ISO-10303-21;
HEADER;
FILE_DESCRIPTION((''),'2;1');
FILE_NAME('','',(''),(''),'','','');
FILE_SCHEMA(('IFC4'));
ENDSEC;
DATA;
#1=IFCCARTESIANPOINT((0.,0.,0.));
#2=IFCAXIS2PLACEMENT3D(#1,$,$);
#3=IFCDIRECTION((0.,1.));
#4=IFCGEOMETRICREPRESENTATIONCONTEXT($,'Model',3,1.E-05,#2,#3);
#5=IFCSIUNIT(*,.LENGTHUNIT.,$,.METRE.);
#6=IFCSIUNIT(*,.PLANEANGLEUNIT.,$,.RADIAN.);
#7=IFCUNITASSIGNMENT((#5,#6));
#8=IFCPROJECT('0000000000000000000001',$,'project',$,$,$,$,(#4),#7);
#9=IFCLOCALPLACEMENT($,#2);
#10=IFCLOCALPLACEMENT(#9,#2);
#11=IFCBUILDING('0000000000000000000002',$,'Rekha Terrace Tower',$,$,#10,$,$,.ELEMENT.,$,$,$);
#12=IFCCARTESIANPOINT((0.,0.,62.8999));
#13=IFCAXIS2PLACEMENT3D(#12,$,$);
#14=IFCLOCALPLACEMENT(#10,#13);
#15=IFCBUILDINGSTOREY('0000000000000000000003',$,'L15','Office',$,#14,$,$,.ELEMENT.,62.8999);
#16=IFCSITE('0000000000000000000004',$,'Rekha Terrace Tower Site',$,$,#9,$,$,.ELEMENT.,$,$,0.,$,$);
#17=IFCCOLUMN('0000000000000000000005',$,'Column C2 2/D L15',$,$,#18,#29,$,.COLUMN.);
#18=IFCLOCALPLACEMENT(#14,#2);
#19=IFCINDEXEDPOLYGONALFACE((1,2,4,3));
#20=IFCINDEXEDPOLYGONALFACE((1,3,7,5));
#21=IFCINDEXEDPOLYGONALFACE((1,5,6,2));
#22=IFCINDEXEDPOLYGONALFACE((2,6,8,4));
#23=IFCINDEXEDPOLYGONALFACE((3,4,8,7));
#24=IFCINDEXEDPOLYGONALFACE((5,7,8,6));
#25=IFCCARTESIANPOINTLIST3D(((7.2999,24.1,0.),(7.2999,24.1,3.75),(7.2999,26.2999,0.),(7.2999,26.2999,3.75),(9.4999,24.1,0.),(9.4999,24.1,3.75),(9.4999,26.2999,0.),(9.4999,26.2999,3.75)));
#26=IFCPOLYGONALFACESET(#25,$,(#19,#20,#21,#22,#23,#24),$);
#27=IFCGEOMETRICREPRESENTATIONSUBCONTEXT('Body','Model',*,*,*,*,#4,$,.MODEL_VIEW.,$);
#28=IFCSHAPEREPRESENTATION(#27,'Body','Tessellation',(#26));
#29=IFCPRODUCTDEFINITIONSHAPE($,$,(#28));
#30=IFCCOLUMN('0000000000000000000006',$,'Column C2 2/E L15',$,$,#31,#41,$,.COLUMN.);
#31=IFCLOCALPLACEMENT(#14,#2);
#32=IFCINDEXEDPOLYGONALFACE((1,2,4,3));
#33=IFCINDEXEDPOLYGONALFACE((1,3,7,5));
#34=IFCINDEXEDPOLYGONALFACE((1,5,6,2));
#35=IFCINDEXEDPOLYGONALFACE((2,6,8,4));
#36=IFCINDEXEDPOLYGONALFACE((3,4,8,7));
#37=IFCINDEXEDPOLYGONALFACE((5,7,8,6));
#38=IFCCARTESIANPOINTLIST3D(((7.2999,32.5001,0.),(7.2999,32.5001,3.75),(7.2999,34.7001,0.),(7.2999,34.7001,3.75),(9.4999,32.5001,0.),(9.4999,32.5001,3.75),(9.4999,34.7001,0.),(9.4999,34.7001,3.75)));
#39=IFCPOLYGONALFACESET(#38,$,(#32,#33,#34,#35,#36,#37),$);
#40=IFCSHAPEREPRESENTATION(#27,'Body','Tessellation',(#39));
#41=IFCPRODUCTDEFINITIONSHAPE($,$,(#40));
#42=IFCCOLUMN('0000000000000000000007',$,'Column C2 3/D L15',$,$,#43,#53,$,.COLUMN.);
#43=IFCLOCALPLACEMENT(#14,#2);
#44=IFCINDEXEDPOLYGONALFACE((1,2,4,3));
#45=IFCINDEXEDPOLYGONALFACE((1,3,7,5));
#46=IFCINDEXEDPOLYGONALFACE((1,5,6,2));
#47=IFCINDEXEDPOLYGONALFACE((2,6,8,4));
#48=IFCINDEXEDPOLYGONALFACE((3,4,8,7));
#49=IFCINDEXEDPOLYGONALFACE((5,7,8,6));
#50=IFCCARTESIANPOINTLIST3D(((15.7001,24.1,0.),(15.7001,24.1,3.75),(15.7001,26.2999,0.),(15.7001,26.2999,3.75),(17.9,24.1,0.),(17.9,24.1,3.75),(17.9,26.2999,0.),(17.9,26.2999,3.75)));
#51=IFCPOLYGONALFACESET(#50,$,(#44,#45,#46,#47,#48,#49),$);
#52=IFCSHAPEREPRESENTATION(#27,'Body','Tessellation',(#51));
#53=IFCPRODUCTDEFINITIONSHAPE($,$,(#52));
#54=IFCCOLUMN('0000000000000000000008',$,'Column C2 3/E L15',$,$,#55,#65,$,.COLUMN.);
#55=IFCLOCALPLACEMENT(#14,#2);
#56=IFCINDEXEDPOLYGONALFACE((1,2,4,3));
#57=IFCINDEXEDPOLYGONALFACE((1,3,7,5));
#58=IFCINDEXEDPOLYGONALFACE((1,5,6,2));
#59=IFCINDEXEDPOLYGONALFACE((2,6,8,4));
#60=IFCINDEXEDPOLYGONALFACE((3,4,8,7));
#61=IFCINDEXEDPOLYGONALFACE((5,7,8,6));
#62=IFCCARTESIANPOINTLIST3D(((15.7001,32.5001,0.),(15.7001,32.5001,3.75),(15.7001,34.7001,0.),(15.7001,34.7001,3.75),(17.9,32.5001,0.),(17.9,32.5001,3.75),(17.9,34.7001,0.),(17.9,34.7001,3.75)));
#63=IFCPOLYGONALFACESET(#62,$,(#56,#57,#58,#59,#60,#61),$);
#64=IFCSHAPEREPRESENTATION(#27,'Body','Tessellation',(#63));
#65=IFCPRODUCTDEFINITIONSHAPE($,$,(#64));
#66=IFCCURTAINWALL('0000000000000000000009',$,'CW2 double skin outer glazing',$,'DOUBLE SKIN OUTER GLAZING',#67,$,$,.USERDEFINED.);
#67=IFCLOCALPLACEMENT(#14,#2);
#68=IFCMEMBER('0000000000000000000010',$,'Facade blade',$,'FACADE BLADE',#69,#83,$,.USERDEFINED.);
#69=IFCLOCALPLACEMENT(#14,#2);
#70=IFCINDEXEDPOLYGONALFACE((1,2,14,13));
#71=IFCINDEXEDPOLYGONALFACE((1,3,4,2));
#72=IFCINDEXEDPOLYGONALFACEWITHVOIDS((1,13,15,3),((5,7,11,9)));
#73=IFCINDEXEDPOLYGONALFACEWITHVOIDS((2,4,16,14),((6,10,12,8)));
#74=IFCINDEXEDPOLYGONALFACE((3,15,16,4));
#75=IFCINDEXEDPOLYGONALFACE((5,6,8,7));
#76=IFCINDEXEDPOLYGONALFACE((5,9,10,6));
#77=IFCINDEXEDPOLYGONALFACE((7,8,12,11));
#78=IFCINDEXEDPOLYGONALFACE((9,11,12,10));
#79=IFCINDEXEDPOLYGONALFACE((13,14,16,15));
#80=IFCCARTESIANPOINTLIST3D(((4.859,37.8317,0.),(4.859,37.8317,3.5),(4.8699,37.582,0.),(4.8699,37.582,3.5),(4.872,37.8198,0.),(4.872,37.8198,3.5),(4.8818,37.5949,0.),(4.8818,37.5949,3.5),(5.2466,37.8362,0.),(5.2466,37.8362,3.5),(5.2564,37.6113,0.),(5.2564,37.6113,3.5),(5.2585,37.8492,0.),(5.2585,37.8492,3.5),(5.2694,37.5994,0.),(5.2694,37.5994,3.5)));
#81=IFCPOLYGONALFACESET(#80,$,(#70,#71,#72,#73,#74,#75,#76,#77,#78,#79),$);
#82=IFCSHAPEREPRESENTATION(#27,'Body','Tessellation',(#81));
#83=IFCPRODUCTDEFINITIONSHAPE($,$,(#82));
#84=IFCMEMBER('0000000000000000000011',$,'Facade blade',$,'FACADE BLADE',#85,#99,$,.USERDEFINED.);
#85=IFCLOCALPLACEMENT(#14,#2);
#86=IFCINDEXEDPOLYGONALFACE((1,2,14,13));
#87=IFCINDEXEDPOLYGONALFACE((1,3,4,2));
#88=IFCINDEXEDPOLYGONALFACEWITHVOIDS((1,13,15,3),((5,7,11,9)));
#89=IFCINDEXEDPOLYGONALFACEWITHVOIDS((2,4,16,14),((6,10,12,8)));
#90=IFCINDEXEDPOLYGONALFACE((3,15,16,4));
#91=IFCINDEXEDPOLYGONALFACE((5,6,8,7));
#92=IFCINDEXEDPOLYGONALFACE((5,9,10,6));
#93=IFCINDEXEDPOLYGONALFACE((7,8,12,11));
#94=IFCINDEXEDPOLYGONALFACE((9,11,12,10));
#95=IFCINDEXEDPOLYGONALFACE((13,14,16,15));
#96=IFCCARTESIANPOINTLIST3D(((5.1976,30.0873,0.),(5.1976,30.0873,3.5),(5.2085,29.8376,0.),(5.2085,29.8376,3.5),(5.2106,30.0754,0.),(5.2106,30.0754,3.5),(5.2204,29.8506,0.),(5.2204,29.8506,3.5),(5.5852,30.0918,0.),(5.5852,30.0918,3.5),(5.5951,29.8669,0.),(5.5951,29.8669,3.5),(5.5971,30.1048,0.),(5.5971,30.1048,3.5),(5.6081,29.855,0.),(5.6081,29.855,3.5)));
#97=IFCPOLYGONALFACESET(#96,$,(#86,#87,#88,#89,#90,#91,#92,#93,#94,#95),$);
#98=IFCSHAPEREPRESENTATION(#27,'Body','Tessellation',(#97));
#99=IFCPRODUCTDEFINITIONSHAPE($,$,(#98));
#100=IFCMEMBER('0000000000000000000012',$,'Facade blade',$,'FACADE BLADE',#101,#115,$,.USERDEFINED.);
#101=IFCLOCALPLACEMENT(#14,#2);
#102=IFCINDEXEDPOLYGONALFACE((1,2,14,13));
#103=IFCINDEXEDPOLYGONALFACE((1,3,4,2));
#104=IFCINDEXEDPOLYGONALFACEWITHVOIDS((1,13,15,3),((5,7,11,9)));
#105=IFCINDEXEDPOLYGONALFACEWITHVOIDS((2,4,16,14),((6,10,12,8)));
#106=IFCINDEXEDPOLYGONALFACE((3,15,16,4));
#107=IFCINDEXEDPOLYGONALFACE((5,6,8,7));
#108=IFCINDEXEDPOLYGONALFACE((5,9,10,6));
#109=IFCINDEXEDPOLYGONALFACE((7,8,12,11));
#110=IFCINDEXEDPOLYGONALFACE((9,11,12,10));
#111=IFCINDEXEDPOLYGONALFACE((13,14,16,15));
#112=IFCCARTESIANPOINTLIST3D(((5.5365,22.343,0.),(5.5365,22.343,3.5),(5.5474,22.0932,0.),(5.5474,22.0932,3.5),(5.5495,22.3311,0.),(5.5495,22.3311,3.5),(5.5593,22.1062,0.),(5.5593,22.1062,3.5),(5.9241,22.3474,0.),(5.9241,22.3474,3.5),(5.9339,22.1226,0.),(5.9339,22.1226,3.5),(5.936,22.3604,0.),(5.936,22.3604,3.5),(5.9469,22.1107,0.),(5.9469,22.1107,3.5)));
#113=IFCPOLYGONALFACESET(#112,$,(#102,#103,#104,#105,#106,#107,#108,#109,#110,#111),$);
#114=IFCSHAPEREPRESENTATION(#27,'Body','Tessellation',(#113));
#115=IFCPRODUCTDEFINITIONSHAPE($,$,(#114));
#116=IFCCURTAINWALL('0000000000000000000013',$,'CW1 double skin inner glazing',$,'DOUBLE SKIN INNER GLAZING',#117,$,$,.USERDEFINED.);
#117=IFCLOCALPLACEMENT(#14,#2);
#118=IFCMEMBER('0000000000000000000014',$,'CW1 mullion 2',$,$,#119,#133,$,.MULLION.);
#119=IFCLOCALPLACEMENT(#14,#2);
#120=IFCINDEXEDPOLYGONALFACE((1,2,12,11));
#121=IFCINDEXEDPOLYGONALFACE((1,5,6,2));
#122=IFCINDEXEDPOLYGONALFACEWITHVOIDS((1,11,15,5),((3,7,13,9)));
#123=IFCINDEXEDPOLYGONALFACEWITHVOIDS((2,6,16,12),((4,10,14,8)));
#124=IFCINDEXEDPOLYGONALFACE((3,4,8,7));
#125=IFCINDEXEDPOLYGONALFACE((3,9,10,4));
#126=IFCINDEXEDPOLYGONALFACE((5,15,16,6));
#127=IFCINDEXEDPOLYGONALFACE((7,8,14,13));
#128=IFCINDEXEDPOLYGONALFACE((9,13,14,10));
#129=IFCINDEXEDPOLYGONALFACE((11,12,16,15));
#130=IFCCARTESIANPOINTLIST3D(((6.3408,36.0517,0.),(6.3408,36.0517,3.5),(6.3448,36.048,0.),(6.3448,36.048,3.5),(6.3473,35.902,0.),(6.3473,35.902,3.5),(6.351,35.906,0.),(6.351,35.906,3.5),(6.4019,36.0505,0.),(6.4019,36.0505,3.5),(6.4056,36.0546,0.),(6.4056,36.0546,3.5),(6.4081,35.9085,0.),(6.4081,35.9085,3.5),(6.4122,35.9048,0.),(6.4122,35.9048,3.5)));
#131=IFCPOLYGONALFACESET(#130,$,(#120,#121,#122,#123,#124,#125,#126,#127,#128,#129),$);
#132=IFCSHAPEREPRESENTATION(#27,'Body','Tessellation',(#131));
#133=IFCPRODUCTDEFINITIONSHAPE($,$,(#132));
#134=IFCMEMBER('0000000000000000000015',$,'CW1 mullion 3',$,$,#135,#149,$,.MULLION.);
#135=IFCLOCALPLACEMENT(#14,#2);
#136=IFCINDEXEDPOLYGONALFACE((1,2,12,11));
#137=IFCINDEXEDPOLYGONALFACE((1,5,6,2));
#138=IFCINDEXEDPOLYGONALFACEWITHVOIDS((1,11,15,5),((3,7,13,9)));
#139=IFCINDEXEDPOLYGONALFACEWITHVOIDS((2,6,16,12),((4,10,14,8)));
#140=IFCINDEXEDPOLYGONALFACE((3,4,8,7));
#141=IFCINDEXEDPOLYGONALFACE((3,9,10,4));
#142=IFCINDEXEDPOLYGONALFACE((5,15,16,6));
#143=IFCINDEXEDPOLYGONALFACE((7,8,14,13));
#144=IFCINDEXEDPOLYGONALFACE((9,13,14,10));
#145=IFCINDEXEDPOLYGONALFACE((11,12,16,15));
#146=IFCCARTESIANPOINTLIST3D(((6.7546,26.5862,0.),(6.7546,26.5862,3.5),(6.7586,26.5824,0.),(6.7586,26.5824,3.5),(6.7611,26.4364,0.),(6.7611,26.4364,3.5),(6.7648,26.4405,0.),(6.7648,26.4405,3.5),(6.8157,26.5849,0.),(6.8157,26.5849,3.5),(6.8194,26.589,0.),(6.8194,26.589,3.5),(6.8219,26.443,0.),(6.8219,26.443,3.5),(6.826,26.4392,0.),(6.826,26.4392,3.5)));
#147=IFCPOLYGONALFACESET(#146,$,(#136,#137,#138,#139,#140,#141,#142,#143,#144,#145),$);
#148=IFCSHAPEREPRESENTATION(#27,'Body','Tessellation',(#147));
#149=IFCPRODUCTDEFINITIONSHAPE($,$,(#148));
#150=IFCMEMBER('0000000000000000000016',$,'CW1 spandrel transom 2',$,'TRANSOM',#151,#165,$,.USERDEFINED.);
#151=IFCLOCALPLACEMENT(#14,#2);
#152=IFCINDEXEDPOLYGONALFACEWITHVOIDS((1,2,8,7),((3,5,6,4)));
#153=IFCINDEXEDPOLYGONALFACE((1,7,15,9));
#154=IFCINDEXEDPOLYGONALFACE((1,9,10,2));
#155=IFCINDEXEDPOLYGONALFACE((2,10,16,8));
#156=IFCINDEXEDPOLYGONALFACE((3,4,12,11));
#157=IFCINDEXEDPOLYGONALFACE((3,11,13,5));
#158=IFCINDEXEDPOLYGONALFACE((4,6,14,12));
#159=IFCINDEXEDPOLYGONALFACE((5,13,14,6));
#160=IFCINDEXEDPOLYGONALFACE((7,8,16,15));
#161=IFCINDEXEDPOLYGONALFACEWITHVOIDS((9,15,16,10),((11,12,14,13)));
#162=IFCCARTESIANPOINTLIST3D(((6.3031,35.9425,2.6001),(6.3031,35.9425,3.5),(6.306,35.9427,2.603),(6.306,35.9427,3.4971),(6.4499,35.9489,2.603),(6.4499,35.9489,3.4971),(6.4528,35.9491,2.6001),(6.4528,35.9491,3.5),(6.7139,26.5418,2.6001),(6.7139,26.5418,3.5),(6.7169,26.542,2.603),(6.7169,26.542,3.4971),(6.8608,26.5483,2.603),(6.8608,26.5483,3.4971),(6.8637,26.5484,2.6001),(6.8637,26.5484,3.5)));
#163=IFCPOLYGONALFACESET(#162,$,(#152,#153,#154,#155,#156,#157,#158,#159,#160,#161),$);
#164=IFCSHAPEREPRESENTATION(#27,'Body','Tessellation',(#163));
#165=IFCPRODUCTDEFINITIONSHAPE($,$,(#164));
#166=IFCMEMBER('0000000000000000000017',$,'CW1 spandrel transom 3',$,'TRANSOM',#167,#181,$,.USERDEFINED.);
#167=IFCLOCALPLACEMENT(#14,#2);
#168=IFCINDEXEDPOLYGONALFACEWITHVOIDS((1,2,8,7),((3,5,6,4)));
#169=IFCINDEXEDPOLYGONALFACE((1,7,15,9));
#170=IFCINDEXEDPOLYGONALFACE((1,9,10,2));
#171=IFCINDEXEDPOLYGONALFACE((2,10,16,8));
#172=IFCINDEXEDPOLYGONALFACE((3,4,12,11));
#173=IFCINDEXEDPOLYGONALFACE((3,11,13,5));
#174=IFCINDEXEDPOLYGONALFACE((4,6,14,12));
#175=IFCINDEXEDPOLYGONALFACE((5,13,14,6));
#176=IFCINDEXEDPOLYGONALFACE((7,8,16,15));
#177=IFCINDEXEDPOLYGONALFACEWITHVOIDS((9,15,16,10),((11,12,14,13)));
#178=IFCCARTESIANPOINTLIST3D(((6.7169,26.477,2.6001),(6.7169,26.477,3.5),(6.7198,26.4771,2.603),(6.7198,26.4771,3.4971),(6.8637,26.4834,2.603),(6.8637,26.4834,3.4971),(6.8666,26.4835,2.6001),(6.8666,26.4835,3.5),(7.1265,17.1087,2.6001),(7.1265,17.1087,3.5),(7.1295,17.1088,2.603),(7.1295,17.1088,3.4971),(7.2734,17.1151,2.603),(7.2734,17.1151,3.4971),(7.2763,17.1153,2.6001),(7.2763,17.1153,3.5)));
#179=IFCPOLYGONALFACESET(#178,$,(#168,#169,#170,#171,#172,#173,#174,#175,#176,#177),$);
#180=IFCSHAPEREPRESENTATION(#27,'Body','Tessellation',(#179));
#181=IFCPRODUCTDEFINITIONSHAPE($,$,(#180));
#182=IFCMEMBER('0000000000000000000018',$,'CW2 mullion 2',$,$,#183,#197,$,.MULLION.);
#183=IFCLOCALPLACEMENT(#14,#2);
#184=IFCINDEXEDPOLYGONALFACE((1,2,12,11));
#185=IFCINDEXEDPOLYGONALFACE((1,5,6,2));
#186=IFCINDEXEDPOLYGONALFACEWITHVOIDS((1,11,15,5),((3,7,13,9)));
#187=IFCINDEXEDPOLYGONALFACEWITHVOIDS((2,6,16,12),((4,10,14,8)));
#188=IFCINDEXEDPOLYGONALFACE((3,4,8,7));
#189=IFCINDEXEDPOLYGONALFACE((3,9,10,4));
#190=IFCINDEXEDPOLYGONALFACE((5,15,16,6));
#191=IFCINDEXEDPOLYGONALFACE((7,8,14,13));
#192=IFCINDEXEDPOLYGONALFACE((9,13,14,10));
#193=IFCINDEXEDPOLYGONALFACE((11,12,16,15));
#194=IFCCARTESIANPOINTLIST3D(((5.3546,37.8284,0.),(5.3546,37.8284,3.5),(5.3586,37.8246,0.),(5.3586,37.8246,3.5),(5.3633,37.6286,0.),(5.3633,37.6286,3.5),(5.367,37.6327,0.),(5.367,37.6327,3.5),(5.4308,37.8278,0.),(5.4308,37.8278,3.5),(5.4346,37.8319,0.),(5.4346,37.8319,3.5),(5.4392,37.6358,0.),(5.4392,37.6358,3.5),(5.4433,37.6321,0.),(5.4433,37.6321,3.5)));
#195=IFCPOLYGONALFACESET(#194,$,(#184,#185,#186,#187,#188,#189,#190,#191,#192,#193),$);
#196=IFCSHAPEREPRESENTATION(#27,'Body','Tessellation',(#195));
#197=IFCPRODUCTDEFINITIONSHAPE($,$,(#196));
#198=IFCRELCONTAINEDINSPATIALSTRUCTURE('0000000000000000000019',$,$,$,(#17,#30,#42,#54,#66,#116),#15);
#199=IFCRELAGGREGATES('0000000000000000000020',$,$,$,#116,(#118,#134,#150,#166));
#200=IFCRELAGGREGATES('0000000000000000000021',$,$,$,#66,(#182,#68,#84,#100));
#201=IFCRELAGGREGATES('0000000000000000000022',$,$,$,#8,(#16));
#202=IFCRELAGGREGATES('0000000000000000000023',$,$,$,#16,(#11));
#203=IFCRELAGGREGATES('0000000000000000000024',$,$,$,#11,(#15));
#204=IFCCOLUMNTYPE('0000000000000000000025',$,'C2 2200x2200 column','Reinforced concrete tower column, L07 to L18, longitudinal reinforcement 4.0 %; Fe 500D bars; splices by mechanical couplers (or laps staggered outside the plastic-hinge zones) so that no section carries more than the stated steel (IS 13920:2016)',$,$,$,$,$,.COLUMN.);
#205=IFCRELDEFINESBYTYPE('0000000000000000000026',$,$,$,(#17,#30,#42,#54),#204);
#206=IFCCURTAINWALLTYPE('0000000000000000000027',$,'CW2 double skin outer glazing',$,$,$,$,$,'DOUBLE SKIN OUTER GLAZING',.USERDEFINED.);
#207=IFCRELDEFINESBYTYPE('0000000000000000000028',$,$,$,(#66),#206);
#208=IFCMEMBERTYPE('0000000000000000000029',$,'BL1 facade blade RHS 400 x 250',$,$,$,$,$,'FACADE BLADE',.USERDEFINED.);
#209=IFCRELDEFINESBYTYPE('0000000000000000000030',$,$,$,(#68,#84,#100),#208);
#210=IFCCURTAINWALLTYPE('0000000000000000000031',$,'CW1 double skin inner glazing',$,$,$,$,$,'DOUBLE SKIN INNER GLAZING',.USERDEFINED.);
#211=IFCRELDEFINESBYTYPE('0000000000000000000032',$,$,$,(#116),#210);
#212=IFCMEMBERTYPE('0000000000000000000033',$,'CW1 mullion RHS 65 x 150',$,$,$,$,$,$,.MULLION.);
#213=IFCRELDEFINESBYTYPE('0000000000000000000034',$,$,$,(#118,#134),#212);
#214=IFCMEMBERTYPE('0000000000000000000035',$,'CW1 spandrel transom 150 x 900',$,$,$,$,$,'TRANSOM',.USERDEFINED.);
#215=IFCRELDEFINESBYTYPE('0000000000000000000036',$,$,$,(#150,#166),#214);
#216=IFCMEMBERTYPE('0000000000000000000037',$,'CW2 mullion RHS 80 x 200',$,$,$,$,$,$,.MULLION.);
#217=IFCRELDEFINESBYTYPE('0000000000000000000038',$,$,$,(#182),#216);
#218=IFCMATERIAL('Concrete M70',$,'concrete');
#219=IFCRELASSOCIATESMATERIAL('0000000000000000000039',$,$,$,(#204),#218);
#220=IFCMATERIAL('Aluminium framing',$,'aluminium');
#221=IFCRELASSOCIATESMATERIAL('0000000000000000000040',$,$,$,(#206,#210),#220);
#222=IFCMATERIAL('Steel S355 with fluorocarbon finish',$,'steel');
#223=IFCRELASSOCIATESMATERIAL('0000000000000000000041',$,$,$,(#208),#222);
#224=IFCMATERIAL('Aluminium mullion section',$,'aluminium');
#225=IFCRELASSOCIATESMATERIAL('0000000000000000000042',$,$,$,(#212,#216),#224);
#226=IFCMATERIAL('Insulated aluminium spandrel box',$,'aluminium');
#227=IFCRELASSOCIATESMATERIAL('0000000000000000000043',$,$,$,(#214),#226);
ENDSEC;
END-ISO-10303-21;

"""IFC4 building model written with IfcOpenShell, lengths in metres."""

from ifc_helpers import new_model, si_unit, direction, frame, origin, origin_2d, place, context, subcontext, project, spatial, rectangle, hollow_rectangle, extrude, material, material_profile, profile_set, type_object, element, aggregate, save


model = new_model("IFC4")

# Units and contexts
model_context = context("Model", 3, precision=1e-05, world=origin(), true_north=direction((0.0, 1.0)))
body_context = subcontext(model_context, "Body", "Model", "MODEL_VIEW")
ifc_project = project(units=[si_unit("LENGTHUNIT", "METRE"), si_unit("PLANEANGLEUNIT", "RADIAN")], contexts=[model_context])

# Site, building, storey
site_placement = place(None, origin())
site = spatial("IfcSite", under=ifc_project, at=site_placement, Name="Rekha Terrace Tower Site", CompositionType="ELEMENT", RefElevation=0.0)
building_placement = place(site_placement, origin())
building = spatial("IfcBuilding", under=site, at=building_placement, Name="Rekha Terrace Tower", CompositionType="ELEMENT")
storey_placement = place(building_placement, frame((0.0, 0.0, 62.8999)))
storey = spatial("IfcBuildingStorey", under=building, at=storey_placement, Name="L15", Description="Office", CompositionType="ELEMENT", Elevation=62.8999)

# Columns
ifc_material_1 = material(Name="Concrete M70", Category="concrete")
ifc_material_profile_1 = material_profile(ifc_material_1, rectangle(XDim=2.2, YDim=2.2, at=origin_2d()), Name="RC 2200x2200")
ifc_profile_set_1 = profile_set([ifc_material_profile_1], Name="Concrete M70")
column_type = type_object("IfcColumnType", Name="C2 2200x2200 column", Description="Reinforced concrete tower column, L07 to L18, longitudinal reinforcement 4.0 %; Fe 500D bars; splices by mechanical couplers (or laps staggered outside the plastic-hinge zones) so that no section carries more than the stated steel (IS 13920:2016)", PredefinedType="COLUMN", material=ifc_profile_set_1)
for number, where, z_axis, x_axis, name in (
    (1, (8.3999, 25.2, 0.0), (0.0, 0.0, 1.0), (1.0, 0.0, 0.0), "Column C2 2/D L15"),
    (2, (8.3999, 33.6001, 0.0), (0.0, 0.0, 1.0), (1.0, 0.0, 0.0), "Column C2 2/E L15"),
    (3, (16.8, 25.2, 0.0), (0.0, 0.0, 1.0), (1.0, 0.0, 0.0), "Column C2 3/D L15"),
    (4, (16.8, 33.6001, 0.0), (0.0, 0.0, 1.0), (1.0, 0.0, 0.0), "Column C2 3/E L15"),
):
    element("IfcColumn", number, at=place(storey_placement, frame(where, z_axis=z_axis, x_axis=x_axis)), inside=storey, type_object=column_type, Name=name, PredefinedType="COLUMN", context=body_context, shape_type="SweptSolid", body=[
        extrude(rectangle(XDim=2.2, YDim=2.2, at=origin_2d()), origin(), (0.0, 0.0, 1.0), 3.75),
    ])

# Curtain walls, members
ifc_material_2 = material(Name="Aluminium framing", Category="aluminium")
curtain_wall_type_1 = type_object("IfcCurtainWallType", Name="CW2 double skin outer glazing", ElementType="DOUBLE SKIN OUTER GLAZING", PredefinedType="USERDEFINED", material=ifc_material_2)
curtain_wall_1_placement = place(storey_placement, origin())
curtain_wall_1 = element("IfcCurtainWall", 5, at=curtain_wall_1_placement, inside=storey, type_object=curtain_wall_type_1, Name="CW2 double skin outer glazing", ObjectType="DOUBLE SKIN OUTER GLAZING", PredefinedType="USERDEFINED")
ifc_material_3 = material(Name="Steel S355 with fluorocarbon finish", Category="steel")
ifc_material_profile_2 = material_profile(ifc_material_3, hollow_rectangle(XDim=0.25, YDim=0.3999, WallThickness=0.0125, at=origin_2d()), Name="RHS400x250x12.5")
ifc_profile_set_2 = profile_set([ifc_material_profile_2], Name="Steel S355 with fluorocarbon finish")
member_type_1 = type_object("IfcMemberType", Name="BL1 facade blade RHS 400 x 250", ElementType="FACADE BLADE", PredefinedType="USERDEFINED", material=ifc_profile_set_2)
member_1_placement = place(storey_placement, frame((5.0642, 37.7156, 0.0), z_axis=(0.0, 0.0, 1.0), x_axis=(0.043682, -0.999045, 0.0)))
member_1 = element("IfcMember", 6, at=member_1_placement, type_object=member_type_1, Name="Facade blade", ObjectType="FACADE BLADE", PredefinedType="USERDEFINED", context=body_context, shape_type="SweptSolid", body=[
    extrude(hollow_rectangle(XDim=0.25, YDim=0.3999, WallThickness=0.0125, at=origin_2d()), origin(), (0.0, 0.0, 1.0), 3.5),
])
member_2_placement = place(storey_placement, frame((5.4028, 29.9712, 0.0), z_axis=(0.0, 0.0, 1.0), x_axis=(0.043682, -0.999045, 0.0)))
member_2 = element("IfcMember", 7, at=member_2_placement, type_object=member_type_1, Name="Facade blade", ObjectType="FACADE BLADE", PredefinedType="USERDEFINED", context=body_context, shape_type="SweptSolid", body=[
    extrude(hollow_rectangle(XDim=0.25, YDim=0.3999, WallThickness=0.0125, at=origin_2d()), origin(), (0.0, 0.0, 1.0), 3.5),
])
member_3_placement = place(storey_placement, frame((5.7417, 22.2268, 0.0), z_axis=(0.0, 0.0, 1.0), x_axis=(0.043682, -0.999045, 0.0)))
member_3 = element("IfcMember", 8, at=member_3_placement, type_object=member_type_1, Name="Facade blade", ObjectType="FACADE BLADE", PredefinedType="USERDEFINED", context=body_context, shape_type="SweptSolid", body=[
    extrude(hollow_rectangle(XDim=0.25, YDim=0.3999, WallThickness=0.0125, at=origin_2d()), origin(), (0.0, 0.0, 1.0), 3.5),
])
curtain_wall_type_2 = type_object("IfcCurtainWallType", Name="CW1 double skin inner glazing", ElementType="DOUBLE SKIN INNER GLAZING", PredefinedType="USERDEFINED", material=ifc_material_2)
curtain_wall_2_placement = place(storey_placement, origin())
curtain_wall_2 = element("IfcCurtainWall", 9, at=curtain_wall_2_placement, inside=storey, type_object=curtain_wall_type_2, Name="CW1 double skin inner glazing", ObjectType="DOUBLE SKIN INNER GLAZING", PredefinedType="USERDEFINED")
ifc_material_4 = material(Name="Aluminium mullion section", Category="aluminium")
ifc_material_profile_3 = material_profile(ifc_material_4, hollow_rectangle(XDim=0.0649, YDim=0.1499, WallThickness=0.0039, at=origin_2d()), Name="AL RHS 65x150")
ifc_profile_set_3 = profile_set([ifc_material_profile_3], Name="Aluminium mullion section")
member_type_2 = type_object("IfcMemberType", Name="CW1 mullion RHS 65 x 150", PredefinedType="MULLION", material=ifc_profile_set_3)
member_4_placement = place(storey_placement, frame((6.3765, 35.9783, 0.0), z_axis=(0.0, 0.0, 1.0), x_axis=(0.999045, 0.043683, 0.0)))
member_4 = element("IfcMember", 10, at=member_4_placement, type_object=member_type_2, Name="CW1 mullion 2", PredefinedType="MULLION", context=body_context, shape_type="SweptSolid", body=[
    extrude(hollow_rectangle(XDim=0.0649, YDim=0.1499, WallThickness=0.0039, at=origin_2d()), origin(), (0.0, 0.0, 1.0), 3.5),
])
member_5_placement = place(storey_placement, frame((6.7903, 26.5127, 0.0), z_axis=(0.0, 0.0, 1.0), x_axis=(0.999045, 0.043683, 0.0)))
member_5 = element("IfcMember", 11, at=member_5_placement, type_object=member_type_2, Name="CW1 mullion 3", PredefinedType="MULLION", context=body_context, shape_type="SweptSolid", body=[
    extrude(hollow_rectangle(XDim=0.0649, YDim=0.1499, WallThickness=0.0039, at=origin_2d()), origin(), (0.0, 0.0, 1.0), 3.5),
])
ifc_material_5 = material(Name="Insulated aluminium spandrel box", Category="aluminium")
ifc_material_profile_4 = material_profile(ifc_material_5, hollow_rectangle(XDim=0.1499, YDim=0.8999, WallThickness=0.0029, at=origin_2d()), Name="AL SPANDREL BOX 150x900")
ifc_profile_set_4 = profile_set([ifc_material_profile_4], Name="Insulated aluminium spandrel box")
member_type_3 = type_object("IfcMemberType", Name="CW1 spandrel transom 150 x 900", ElementType="TRANSOM", PredefinedType="USERDEFINED", material=ifc_profile_set_4)
member_6_placement = place(storey_placement, frame((6.3779, 35.9458, 3.05), z_axis=(0.043667, -0.999046, 0.0), x_axis=(0.999046, 0.043667, 0.0)))
member_6 = element("IfcMember", 12, at=member_6_placement, type_object=member_type_3, Name="CW1 spandrel transom 2", ObjectType="TRANSOM", PredefinedType="USERDEFINED", context=body_context, shape_type="SweptSolid", body=[
    extrude(hollow_rectangle(XDim=0.1499, YDim=0.8999, WallThickness=0.0029, at=origin_2d()), origin(), (0.0, 0.0, 1.0), 9.4097),
])
member_7_placement = place(storey_placement, frame((6.7917, 26.4802, 3.05), z_axis=(0.043688, -0.999045, 0.0), x_axis=(0.999045, 0.043688, 0.0)))
member_7 = element("IfcMember", 13, at=member_7_placement, type_object=member_type_3, Name="CW1 spandrel transom 3", ObjectType="TRANSOM", PredefinedType="USERDEFINED", context=body_context, shape_type="SweptSolid", body=[
    extrude(hollow_rectangle(XDim=0.1499, YDim=0.8999, WallThickness=0.0029, at=origin_2d()), origin(), (0.0, 0.0, 1.0), 9.3772),
])

# Member
ifc_material_profile_5 = material_profile(ifc_material_4, hollow_rectangle(XDim=0.0801, YDim=0.2, WallThickness=0.0039, at=origin_2d()), Name="AL RHS 80x200")
ifc_profile_set_5 = profile_set([ifc_material_profile_5], Name="Aluminium mullion section")
member_type_4 = type_object("IfcMemberType", Name="CW2 mullion RHS 80 x 200", PredefinedType="MULLION", material=ifc_profile_set_5)
member_8_placement = place(storey_placement, frame((5.3989, 37.7302, 0.0), z_axis=(0.0, 0.0, 1.0), x_axis=(0.999045, 0.043683, 0.0)))
member_8 = element("IfcMember", 14, at=member_8_placement, type_object=member_type_4, Name="CW2 mullion 2", PredefinedType="MULLION", context=body_context, shape_type="SweptSolid", body=[
    extrude(hollow_rectangle(XDim=0.0801, YDim=0.2, WallThickness=0.0039, at=origin_2d()), origin(), (0.0, 0.0, 1.0), 3.5),
])

aggregate(curtain_wall_2, [member_4, member_5, member_6, member_7])
aggregate(curtain_wall_1, [member_8, member_1, member_2, member_3])

save(model, "model.ifc")
